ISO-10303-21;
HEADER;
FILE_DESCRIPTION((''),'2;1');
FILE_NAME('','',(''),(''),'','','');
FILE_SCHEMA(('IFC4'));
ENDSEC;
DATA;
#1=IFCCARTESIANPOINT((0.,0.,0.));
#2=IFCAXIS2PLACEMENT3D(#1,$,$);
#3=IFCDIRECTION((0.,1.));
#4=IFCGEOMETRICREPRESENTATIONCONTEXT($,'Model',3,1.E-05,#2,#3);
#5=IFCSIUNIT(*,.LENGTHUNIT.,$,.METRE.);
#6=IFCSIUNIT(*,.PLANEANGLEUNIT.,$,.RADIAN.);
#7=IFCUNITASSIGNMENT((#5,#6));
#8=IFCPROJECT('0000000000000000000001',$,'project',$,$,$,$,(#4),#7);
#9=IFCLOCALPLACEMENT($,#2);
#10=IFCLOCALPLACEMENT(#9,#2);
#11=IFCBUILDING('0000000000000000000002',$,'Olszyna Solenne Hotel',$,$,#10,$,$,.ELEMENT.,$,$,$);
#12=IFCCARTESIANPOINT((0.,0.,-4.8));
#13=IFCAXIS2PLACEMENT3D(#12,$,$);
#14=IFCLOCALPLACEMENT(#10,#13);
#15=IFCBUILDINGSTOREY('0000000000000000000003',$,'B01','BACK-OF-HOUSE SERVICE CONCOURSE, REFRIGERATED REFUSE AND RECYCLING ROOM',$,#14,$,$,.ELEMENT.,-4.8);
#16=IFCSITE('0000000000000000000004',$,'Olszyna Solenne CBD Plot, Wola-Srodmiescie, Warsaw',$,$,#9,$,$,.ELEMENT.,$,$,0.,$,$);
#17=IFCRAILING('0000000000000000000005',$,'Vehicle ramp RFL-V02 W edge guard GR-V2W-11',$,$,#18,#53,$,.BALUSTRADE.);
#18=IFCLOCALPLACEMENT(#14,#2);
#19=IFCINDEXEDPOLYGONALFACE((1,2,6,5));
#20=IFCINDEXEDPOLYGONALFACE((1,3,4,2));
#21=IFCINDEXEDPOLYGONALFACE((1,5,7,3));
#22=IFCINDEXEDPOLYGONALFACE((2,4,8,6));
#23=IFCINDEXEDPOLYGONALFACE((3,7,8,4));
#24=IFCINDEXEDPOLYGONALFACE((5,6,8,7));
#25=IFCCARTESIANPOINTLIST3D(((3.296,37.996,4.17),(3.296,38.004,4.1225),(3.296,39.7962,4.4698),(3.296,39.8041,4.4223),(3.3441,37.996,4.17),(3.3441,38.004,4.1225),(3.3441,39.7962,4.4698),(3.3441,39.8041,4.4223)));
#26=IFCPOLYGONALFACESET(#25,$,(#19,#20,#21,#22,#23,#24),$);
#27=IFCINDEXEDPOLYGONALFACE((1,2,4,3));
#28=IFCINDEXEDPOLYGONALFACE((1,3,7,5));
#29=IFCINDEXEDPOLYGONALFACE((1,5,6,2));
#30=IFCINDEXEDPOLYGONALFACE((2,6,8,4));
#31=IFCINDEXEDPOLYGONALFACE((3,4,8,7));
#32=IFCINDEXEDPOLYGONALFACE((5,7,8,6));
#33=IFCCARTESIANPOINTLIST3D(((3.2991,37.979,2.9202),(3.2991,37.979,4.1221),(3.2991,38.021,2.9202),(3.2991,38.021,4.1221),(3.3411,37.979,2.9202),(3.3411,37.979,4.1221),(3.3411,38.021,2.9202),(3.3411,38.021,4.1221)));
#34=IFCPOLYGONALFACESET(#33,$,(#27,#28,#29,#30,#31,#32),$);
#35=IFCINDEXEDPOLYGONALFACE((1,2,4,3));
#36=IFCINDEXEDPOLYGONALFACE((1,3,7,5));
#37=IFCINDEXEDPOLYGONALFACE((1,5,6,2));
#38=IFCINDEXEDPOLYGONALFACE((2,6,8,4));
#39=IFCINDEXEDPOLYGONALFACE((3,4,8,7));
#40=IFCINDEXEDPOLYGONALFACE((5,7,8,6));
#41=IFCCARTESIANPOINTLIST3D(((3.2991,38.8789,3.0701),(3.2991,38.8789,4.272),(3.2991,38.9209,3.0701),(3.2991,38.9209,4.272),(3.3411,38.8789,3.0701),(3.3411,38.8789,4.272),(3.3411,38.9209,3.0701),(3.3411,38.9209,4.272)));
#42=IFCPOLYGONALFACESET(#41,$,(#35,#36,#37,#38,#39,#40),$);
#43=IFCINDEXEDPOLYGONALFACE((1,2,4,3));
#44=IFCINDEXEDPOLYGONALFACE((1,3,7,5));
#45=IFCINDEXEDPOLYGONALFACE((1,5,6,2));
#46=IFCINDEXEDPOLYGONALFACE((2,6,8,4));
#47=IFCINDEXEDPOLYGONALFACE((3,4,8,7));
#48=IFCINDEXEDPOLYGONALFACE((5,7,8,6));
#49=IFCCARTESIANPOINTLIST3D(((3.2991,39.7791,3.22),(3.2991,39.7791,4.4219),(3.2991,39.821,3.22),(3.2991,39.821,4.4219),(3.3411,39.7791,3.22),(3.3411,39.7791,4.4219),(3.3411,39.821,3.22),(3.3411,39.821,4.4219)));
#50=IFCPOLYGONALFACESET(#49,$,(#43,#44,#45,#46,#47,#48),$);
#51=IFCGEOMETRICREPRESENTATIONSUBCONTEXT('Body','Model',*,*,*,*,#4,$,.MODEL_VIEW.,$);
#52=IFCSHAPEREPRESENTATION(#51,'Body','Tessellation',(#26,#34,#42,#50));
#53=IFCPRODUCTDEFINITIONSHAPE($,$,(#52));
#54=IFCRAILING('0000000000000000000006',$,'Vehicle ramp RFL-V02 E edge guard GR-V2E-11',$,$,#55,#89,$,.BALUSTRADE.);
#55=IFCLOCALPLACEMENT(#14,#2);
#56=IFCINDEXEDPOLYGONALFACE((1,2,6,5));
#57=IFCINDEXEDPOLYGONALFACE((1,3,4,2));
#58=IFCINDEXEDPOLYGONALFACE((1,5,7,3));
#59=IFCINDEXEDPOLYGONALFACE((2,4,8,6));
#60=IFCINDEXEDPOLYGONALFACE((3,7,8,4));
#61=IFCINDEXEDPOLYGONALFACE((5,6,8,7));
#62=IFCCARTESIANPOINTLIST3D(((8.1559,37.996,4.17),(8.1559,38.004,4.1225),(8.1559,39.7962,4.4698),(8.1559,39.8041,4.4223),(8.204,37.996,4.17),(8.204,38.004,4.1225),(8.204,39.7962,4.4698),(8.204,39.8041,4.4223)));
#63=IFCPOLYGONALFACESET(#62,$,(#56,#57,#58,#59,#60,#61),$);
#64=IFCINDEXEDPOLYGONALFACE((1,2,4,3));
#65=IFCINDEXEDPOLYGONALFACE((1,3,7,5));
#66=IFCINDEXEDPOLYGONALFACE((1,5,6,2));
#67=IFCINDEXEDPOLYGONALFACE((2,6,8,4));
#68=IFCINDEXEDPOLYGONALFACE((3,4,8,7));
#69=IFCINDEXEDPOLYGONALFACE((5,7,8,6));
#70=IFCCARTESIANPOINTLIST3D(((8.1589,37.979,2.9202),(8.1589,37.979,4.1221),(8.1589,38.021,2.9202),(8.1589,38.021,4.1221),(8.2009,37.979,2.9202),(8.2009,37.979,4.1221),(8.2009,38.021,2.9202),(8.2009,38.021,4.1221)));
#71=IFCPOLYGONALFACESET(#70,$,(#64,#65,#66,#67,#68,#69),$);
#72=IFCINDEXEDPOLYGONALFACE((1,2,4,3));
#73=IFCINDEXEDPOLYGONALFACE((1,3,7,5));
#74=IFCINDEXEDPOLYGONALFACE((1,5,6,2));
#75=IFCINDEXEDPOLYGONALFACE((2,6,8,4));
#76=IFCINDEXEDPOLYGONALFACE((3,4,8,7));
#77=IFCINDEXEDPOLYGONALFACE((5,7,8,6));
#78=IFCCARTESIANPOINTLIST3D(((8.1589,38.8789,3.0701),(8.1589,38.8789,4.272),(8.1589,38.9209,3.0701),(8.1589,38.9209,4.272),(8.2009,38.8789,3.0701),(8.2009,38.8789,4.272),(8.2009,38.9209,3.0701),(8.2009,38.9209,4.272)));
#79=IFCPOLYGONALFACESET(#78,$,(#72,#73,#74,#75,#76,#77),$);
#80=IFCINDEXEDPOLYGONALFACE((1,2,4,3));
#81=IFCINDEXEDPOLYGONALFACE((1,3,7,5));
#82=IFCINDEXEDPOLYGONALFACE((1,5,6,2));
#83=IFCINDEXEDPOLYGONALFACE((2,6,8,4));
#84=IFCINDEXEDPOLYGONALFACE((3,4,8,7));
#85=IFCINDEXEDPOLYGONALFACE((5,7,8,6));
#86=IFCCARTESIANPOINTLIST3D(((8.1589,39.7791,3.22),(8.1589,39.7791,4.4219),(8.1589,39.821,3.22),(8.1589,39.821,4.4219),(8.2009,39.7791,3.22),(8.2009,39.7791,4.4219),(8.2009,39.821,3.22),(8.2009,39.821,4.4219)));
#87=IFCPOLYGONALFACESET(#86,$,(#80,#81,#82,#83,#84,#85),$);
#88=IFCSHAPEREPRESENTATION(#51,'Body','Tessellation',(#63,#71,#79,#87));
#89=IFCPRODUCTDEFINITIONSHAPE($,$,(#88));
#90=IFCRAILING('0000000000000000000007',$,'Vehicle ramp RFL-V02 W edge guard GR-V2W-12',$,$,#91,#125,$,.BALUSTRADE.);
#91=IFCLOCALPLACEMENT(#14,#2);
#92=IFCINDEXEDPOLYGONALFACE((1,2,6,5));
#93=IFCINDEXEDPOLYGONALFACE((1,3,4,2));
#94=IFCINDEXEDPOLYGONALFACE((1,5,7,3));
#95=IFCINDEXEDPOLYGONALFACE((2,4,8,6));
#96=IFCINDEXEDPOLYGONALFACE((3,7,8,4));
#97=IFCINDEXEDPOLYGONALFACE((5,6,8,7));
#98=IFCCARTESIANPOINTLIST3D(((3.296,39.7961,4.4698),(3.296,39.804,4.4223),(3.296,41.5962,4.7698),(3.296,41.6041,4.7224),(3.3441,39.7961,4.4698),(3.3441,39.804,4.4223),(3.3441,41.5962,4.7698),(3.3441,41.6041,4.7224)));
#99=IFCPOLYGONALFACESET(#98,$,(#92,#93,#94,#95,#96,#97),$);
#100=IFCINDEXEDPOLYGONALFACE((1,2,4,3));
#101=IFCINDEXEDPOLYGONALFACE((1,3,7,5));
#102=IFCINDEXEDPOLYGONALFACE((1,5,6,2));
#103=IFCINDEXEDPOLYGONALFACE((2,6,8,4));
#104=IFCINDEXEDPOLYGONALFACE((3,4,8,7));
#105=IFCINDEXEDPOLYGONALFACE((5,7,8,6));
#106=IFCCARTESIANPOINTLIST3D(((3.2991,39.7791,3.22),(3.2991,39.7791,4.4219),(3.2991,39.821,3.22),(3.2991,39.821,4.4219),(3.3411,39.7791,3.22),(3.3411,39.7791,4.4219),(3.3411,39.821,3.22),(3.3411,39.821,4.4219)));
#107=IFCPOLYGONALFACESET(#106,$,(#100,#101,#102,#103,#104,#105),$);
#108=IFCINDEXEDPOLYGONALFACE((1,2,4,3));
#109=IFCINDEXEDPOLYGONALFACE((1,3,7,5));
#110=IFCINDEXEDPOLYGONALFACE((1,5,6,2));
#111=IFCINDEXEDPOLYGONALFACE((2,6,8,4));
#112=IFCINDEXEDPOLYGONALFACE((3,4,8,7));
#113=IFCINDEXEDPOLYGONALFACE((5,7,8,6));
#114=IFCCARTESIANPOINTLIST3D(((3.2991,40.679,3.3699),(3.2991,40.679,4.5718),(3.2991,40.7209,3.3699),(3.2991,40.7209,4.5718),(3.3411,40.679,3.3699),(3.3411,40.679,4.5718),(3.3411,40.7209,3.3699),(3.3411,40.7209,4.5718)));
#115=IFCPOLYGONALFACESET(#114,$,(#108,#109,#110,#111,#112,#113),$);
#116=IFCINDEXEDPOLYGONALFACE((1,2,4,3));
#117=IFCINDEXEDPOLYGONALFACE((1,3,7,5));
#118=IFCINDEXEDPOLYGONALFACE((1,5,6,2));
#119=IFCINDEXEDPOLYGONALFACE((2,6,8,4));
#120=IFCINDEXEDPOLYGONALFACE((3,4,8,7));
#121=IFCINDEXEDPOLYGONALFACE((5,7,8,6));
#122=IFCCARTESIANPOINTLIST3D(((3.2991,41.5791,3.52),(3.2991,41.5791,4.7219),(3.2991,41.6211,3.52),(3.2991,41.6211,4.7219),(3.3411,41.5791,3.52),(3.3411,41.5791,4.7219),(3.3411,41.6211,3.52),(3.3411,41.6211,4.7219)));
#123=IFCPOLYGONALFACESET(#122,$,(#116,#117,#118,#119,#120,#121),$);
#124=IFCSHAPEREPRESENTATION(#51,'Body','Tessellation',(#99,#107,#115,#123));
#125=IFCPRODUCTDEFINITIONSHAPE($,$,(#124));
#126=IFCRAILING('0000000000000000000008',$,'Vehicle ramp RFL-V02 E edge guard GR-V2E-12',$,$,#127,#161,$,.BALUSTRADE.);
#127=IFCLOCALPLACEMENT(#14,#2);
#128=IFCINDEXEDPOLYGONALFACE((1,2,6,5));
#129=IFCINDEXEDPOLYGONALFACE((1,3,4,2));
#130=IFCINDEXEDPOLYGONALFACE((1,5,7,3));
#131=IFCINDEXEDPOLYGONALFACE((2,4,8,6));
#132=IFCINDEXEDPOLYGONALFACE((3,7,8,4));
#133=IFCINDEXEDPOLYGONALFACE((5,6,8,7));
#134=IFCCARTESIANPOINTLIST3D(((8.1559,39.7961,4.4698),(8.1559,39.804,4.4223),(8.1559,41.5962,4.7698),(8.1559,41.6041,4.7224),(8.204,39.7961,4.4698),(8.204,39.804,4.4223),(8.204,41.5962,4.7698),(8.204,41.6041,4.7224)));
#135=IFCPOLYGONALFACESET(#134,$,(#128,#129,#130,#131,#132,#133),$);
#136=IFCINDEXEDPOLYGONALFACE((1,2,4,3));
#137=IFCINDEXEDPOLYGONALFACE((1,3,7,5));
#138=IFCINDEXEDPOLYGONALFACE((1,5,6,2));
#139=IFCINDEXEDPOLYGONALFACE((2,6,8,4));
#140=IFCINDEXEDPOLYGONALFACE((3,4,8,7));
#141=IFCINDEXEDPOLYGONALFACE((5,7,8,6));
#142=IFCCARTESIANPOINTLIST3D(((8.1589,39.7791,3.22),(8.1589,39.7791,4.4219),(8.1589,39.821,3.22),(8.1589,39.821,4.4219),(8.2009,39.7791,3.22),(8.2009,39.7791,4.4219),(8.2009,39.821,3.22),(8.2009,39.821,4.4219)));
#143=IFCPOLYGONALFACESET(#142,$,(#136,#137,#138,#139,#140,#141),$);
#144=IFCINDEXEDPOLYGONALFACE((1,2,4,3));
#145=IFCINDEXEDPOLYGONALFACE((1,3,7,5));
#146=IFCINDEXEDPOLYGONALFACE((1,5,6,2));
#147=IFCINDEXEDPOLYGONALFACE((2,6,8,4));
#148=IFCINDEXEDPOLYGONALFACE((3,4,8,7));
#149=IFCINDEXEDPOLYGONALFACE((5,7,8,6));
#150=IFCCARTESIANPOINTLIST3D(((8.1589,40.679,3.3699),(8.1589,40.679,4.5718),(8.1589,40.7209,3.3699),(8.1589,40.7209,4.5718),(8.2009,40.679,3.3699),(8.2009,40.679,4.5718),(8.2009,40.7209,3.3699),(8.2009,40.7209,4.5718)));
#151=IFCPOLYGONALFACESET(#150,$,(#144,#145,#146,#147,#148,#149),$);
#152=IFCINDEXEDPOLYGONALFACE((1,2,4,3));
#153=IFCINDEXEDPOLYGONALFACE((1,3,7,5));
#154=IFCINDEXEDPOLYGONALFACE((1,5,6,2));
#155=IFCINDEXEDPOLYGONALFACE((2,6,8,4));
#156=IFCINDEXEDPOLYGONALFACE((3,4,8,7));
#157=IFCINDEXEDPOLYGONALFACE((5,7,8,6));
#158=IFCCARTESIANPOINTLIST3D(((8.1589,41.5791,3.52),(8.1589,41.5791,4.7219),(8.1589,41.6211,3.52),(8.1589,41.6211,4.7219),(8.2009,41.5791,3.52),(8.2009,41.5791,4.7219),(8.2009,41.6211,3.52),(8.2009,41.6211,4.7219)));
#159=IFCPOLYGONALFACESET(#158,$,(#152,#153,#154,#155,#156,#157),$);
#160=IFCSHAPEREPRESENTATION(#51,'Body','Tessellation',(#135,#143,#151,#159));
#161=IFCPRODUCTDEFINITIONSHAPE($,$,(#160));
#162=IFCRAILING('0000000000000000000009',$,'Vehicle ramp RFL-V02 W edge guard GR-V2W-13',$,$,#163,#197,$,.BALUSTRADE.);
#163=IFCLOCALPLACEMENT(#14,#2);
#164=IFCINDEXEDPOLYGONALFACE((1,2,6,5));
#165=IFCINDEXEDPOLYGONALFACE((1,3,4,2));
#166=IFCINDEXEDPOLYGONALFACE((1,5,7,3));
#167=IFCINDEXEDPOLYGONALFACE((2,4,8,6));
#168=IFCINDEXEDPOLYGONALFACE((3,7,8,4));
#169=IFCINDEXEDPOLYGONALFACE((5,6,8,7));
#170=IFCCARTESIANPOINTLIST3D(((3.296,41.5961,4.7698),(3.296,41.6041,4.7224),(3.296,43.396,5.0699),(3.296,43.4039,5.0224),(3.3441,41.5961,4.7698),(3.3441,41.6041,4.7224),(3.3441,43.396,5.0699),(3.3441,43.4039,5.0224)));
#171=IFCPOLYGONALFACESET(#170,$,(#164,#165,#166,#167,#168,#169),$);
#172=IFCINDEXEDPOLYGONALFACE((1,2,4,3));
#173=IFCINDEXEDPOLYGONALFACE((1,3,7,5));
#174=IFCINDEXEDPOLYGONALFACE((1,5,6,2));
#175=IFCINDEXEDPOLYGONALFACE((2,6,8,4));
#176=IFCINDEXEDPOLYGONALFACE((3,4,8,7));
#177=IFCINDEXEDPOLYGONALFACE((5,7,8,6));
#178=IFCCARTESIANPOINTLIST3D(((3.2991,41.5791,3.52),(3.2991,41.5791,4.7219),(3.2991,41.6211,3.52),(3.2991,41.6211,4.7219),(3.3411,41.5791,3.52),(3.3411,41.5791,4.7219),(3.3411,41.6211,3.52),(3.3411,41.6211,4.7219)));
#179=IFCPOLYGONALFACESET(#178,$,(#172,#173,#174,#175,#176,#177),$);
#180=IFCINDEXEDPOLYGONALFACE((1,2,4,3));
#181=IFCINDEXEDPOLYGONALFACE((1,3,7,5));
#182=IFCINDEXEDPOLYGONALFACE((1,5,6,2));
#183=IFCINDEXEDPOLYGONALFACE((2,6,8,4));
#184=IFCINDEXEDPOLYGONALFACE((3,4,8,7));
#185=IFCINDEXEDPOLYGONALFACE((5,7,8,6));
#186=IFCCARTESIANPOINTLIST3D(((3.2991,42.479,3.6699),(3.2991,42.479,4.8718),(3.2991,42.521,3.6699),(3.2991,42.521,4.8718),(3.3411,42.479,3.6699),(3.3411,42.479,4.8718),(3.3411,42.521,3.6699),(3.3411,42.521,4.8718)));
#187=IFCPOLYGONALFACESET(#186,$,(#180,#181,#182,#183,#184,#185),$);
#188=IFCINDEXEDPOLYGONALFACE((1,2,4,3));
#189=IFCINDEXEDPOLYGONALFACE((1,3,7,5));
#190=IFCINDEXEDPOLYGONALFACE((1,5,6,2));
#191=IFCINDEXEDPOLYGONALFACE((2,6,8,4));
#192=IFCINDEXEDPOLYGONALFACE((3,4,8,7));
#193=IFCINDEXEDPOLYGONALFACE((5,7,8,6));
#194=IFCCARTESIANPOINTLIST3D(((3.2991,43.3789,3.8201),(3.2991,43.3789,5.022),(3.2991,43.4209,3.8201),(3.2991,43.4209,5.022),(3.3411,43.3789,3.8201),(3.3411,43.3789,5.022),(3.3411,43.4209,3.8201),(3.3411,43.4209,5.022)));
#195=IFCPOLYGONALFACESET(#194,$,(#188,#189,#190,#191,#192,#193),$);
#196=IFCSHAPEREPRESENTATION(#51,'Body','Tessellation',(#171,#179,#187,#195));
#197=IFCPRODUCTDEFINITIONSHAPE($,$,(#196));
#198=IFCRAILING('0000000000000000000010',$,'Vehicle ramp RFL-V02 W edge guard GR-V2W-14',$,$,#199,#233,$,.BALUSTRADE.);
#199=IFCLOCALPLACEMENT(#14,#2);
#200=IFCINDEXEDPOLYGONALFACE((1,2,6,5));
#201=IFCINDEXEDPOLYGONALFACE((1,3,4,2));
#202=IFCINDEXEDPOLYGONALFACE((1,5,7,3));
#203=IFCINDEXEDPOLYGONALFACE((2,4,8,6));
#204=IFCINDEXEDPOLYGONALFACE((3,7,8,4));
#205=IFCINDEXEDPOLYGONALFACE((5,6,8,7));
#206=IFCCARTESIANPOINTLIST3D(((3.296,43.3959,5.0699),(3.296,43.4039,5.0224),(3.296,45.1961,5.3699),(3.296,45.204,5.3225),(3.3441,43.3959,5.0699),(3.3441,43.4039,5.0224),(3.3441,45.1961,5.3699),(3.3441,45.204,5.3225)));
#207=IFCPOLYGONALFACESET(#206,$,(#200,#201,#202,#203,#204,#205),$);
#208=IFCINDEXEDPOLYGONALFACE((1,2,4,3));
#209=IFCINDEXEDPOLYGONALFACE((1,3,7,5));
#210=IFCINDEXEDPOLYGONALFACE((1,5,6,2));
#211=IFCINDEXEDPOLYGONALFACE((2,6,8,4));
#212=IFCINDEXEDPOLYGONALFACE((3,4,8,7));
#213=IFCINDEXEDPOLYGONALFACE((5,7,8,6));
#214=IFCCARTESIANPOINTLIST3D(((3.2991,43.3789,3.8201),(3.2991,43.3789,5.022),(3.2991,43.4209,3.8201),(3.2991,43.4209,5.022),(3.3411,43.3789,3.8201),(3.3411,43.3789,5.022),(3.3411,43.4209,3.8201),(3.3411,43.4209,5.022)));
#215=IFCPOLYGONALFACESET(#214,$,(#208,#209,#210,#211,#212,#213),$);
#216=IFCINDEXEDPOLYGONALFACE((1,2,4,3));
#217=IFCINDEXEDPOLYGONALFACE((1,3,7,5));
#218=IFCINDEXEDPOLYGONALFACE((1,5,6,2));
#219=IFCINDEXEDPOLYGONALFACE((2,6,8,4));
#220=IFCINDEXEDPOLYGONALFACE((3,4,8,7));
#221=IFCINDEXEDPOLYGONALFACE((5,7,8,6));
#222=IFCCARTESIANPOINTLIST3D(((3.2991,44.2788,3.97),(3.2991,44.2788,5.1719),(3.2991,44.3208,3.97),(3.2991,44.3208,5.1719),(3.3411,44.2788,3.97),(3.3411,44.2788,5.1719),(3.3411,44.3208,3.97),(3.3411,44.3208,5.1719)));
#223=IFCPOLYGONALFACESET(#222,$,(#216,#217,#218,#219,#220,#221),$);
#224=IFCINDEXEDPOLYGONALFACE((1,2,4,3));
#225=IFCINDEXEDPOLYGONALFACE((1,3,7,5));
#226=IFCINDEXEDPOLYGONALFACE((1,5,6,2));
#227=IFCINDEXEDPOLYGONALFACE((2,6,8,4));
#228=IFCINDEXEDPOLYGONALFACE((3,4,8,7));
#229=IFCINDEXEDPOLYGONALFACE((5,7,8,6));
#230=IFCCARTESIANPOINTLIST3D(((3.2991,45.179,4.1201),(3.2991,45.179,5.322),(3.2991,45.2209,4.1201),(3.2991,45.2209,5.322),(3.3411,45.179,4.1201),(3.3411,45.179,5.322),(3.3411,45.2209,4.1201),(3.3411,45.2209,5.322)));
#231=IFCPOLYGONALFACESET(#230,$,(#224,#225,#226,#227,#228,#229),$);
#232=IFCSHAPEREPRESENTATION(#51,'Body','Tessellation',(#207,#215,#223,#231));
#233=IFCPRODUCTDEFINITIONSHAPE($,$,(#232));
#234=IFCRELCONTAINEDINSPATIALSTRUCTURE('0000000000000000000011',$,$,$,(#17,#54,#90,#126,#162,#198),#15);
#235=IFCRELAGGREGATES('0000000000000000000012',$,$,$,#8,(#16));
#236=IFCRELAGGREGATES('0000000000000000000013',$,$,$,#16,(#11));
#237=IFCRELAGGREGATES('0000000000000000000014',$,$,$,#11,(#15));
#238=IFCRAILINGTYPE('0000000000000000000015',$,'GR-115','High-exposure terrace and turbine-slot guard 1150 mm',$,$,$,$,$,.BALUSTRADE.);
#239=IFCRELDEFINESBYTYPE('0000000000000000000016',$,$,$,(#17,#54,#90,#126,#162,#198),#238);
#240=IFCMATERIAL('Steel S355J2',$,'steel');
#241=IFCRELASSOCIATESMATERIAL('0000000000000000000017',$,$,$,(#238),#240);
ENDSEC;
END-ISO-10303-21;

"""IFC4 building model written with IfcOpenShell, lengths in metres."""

from ifc_helpers import new_model, si_unit, direction, frame, origin, origin_2d, place, context, subcontext, project, spatial, rectangle, extrude, material, type_object, element, save


model = new_model("IFC4")

# Units and contexts
model_context = context("Model", 3, precision=1e-05, world=origin(), true_north=direction((0.0, 1.0)))
body_context = subcontext(model_context, "Body", "Model", "MODEL_VIEW")
ifc_project = project(units=[si_unit("LENGTHUNIT", "METRE"), si_unit("PLANEANGLEUNIT", "RADIAN")], contexts=[model_context])

# Site, building, storey
site_placement = place(None, origin())
site = spatial("IfcSite", under=ifc_project, at=site_placement, Name="Olszyna Solenne CBD Plot, Wola-Srodmiescie, Warsaw", CompositionType="ELEMENT", RefElevation=0.0)
building_placement = place(site_placement, origin())
building = spatial("IfcBuilding", under=site, at=building_placement, Name="Olszyna Solenne Hotel", CompositionType="ELEMENT")
storey_placement = place(building_placement, frame((0.0, 0.0, -4.8)))
storey = spatial("IfcBuildingStorey", under=building, at=storey_placement, Name="B01", Description="BACK-OF-HOUSE SERVICE CONCOURSE, REFRIGERATED REFUSE AND RECYCLING ROOM", CompositionType="ELEMENT", Elevation=-4.8)

# Shared definitions
ifc_material_1 = material(Name="Steel S355J2", Category="steel")

# Railings
railing_type = type_object("IfcRailingType", Name="GR-115", Description="High-exposure terrace and turbine-slot guard 1150 mm", PredefinedType="BALUSTRADE", material=ifc_material_1)
for number, where, name in (
    (1, (3.3201, 38.0, 2.9202), "Vehicle ramp RFL-V02 W edge guard GR-V2W-11"),
    (2, (8.1799, 38.0, 2.9202), "Vehicle ramp RFL-V02 E edge guard GR-V2E-11"),
):
    element("IfcRailing", number, at=place(storey_placement, frame(where)), inside=storey, type_object=railing_type, Name=name, PredefinedType="BALUSTRADE", context=body_context, shape_type="SweptSolid", body=[
        extrude(rectangle(XDim=0.0481, YDim=0.0481, at=origin_2d()), frame((0.0, 0.0, 1.2261), z_axis=(0.0, 0.986412, 0.164291), x_axis=(-1.0, 0.0, 0.0)), (0.0, 0.0, 1.0), 1.825),
        extrude(rectangle(XDim=0.042, YDim=0.042, at=origin_2d()), origin(), (0.0, 0.0, 1.0), 1.2019),
        extrude(rectangle(XDim=0.042, YDim=0.042, at=origin_2d()), frame((0.0, 0.8999, 0.1499)), (0.0, 0.0, 1.0), 1.2019),
        extrude(rectangle(XDim=0.042, YDim=0.042, at=origin_2d()), frame((0.0, 1.8, 0.2998)), (0.0, 0.0, 1.0), 1.2019),
    ])
for number, where, name in (
    (3, (3.3201, 39.8, 3.22), "Vehicle ramp RFL-V02 W edge guard GR-V2W-12"),
    (4, (8.1799, 39.8, 3.22), "Vehicle ramp RFL-V02 E edge guard GR-V2E-12"),
):
    element("IfcRailing", number, at=place(storey_placement, frame(where)), inside=storey, type_object=railing_type, Name=name, PredefinedType="BALUSTRADE", context=body_context, shape_type="SweptSolid", body=[
        extrude(rectangle(XDim=0.0481, YDim=0.0481, at=origin_2d()), frame((0.0, 0.0, 1.2261), z_axis=(0.0, 0.98639, 0.164421), x_axis=(-1.0, 0.0, 0.0)), (0.0, 0.0, 1.0), 1.825),
        extrude(rectangle(XDim=0.042, YDim=0.042, at=origin_2d()), origin(), (0.0, 0.0, 1.0), 1.2019),
        extrude(rectangle(XDim=0.042, YDim=0.042, at=origin_2d()), frame((0.0, 0.8999, 0.1499)), (0.0, 0.0, 1.0), 1.2019),
        extrude(rectangle(XDim=0.042, YDim=0.042, at=origin_2d()), frame((0.0, 1.8, 0.3)), (0.0, 0.0, 1.0), 1.2019),
    ])
railing_1_placement = place(storey_placement, frame((3.3201, 41.6001, 3.52)))
element("IfcRailing", 5, at=railing_1_placement, inside=storey, type_object=railing_type, Name="Vehicle ramp RFL-V02 W edge guard GR-V2W-13", PredefinedType="BALUSTRADE", context=body_context, shape_type="SweptSolid", body=[
    extrude(rectangle(XDim=0.0481, YDim=0.0481, at=origin_2d()), frame((0.0, 0.0, 1.2261), z_axis=(0.0, 0.986387, 0.164442), x_axis=(-1.0, 0.0, 0.0)), (0.0, 0.0, 1.0), 1.8247),
    extrude(rectangle(XDim=0.042, YDim=0.042, at=origin_2d()), origin(), (0.0, 0.0, 1.0), 1.2019),
    extrude(rectangle(XDim=0.042, YDim=0.042, at=origin_2d()), frame((0.0, 0.8999, 0.1499)), (0.0, 0.0, 1.0), 1.2019),
    extrude(rectangle(XDim=0.042, YDim=0.042, at=origin_2d()), frame((0.0, 1.7998, 0.3)), (0.0, 0.0, 1.0), 1.2019),
])
for number, where, name in (
    (6, (3.3201, 43.3999, 3.8201), "Vehicle ramp RFL-V02 W edge guard GR-V2W-14"),
):
    element("IfcRailing", number, at=place(storey_placement, frame(where)), inside=storey, type_object=railing_type, Name=name, PredefinedType="BALUSTRADE", context=body_context, shape_type="SweptSolid", body=[
        extrude(rectangle(XDim=0.0481, YDim=0.0481, at=origin_2d()), frame((0.0, 0.0, 1.2261), z_axis=(0.0, 0.98639, 0.164421), x_axis=(-1.0, 0.0, 0.0)), (0.0, 0.0, 1.0), 1.825),
        extrude(rectangle(XDim=0.042, YDim=0.042, at=origin_2d()), origin(), (0.0, 0.0, 1.0), 1.2019),
        extrude(rectangle(XDim=0.042, YDim=0.042, at=origin_2d()), frame((0.0, 0.8999, 0.1499)), (0.0, 0.0, 1.0), 1.2019),
        extrude(rectangle(XDim=0.042, YDim=0.042, at=origin_2d()), frame((0.0, 1.8, 0.3)), (0.0, 0.0, 1.0), 1.2019),
    ])

save(model, "model.ifc")
